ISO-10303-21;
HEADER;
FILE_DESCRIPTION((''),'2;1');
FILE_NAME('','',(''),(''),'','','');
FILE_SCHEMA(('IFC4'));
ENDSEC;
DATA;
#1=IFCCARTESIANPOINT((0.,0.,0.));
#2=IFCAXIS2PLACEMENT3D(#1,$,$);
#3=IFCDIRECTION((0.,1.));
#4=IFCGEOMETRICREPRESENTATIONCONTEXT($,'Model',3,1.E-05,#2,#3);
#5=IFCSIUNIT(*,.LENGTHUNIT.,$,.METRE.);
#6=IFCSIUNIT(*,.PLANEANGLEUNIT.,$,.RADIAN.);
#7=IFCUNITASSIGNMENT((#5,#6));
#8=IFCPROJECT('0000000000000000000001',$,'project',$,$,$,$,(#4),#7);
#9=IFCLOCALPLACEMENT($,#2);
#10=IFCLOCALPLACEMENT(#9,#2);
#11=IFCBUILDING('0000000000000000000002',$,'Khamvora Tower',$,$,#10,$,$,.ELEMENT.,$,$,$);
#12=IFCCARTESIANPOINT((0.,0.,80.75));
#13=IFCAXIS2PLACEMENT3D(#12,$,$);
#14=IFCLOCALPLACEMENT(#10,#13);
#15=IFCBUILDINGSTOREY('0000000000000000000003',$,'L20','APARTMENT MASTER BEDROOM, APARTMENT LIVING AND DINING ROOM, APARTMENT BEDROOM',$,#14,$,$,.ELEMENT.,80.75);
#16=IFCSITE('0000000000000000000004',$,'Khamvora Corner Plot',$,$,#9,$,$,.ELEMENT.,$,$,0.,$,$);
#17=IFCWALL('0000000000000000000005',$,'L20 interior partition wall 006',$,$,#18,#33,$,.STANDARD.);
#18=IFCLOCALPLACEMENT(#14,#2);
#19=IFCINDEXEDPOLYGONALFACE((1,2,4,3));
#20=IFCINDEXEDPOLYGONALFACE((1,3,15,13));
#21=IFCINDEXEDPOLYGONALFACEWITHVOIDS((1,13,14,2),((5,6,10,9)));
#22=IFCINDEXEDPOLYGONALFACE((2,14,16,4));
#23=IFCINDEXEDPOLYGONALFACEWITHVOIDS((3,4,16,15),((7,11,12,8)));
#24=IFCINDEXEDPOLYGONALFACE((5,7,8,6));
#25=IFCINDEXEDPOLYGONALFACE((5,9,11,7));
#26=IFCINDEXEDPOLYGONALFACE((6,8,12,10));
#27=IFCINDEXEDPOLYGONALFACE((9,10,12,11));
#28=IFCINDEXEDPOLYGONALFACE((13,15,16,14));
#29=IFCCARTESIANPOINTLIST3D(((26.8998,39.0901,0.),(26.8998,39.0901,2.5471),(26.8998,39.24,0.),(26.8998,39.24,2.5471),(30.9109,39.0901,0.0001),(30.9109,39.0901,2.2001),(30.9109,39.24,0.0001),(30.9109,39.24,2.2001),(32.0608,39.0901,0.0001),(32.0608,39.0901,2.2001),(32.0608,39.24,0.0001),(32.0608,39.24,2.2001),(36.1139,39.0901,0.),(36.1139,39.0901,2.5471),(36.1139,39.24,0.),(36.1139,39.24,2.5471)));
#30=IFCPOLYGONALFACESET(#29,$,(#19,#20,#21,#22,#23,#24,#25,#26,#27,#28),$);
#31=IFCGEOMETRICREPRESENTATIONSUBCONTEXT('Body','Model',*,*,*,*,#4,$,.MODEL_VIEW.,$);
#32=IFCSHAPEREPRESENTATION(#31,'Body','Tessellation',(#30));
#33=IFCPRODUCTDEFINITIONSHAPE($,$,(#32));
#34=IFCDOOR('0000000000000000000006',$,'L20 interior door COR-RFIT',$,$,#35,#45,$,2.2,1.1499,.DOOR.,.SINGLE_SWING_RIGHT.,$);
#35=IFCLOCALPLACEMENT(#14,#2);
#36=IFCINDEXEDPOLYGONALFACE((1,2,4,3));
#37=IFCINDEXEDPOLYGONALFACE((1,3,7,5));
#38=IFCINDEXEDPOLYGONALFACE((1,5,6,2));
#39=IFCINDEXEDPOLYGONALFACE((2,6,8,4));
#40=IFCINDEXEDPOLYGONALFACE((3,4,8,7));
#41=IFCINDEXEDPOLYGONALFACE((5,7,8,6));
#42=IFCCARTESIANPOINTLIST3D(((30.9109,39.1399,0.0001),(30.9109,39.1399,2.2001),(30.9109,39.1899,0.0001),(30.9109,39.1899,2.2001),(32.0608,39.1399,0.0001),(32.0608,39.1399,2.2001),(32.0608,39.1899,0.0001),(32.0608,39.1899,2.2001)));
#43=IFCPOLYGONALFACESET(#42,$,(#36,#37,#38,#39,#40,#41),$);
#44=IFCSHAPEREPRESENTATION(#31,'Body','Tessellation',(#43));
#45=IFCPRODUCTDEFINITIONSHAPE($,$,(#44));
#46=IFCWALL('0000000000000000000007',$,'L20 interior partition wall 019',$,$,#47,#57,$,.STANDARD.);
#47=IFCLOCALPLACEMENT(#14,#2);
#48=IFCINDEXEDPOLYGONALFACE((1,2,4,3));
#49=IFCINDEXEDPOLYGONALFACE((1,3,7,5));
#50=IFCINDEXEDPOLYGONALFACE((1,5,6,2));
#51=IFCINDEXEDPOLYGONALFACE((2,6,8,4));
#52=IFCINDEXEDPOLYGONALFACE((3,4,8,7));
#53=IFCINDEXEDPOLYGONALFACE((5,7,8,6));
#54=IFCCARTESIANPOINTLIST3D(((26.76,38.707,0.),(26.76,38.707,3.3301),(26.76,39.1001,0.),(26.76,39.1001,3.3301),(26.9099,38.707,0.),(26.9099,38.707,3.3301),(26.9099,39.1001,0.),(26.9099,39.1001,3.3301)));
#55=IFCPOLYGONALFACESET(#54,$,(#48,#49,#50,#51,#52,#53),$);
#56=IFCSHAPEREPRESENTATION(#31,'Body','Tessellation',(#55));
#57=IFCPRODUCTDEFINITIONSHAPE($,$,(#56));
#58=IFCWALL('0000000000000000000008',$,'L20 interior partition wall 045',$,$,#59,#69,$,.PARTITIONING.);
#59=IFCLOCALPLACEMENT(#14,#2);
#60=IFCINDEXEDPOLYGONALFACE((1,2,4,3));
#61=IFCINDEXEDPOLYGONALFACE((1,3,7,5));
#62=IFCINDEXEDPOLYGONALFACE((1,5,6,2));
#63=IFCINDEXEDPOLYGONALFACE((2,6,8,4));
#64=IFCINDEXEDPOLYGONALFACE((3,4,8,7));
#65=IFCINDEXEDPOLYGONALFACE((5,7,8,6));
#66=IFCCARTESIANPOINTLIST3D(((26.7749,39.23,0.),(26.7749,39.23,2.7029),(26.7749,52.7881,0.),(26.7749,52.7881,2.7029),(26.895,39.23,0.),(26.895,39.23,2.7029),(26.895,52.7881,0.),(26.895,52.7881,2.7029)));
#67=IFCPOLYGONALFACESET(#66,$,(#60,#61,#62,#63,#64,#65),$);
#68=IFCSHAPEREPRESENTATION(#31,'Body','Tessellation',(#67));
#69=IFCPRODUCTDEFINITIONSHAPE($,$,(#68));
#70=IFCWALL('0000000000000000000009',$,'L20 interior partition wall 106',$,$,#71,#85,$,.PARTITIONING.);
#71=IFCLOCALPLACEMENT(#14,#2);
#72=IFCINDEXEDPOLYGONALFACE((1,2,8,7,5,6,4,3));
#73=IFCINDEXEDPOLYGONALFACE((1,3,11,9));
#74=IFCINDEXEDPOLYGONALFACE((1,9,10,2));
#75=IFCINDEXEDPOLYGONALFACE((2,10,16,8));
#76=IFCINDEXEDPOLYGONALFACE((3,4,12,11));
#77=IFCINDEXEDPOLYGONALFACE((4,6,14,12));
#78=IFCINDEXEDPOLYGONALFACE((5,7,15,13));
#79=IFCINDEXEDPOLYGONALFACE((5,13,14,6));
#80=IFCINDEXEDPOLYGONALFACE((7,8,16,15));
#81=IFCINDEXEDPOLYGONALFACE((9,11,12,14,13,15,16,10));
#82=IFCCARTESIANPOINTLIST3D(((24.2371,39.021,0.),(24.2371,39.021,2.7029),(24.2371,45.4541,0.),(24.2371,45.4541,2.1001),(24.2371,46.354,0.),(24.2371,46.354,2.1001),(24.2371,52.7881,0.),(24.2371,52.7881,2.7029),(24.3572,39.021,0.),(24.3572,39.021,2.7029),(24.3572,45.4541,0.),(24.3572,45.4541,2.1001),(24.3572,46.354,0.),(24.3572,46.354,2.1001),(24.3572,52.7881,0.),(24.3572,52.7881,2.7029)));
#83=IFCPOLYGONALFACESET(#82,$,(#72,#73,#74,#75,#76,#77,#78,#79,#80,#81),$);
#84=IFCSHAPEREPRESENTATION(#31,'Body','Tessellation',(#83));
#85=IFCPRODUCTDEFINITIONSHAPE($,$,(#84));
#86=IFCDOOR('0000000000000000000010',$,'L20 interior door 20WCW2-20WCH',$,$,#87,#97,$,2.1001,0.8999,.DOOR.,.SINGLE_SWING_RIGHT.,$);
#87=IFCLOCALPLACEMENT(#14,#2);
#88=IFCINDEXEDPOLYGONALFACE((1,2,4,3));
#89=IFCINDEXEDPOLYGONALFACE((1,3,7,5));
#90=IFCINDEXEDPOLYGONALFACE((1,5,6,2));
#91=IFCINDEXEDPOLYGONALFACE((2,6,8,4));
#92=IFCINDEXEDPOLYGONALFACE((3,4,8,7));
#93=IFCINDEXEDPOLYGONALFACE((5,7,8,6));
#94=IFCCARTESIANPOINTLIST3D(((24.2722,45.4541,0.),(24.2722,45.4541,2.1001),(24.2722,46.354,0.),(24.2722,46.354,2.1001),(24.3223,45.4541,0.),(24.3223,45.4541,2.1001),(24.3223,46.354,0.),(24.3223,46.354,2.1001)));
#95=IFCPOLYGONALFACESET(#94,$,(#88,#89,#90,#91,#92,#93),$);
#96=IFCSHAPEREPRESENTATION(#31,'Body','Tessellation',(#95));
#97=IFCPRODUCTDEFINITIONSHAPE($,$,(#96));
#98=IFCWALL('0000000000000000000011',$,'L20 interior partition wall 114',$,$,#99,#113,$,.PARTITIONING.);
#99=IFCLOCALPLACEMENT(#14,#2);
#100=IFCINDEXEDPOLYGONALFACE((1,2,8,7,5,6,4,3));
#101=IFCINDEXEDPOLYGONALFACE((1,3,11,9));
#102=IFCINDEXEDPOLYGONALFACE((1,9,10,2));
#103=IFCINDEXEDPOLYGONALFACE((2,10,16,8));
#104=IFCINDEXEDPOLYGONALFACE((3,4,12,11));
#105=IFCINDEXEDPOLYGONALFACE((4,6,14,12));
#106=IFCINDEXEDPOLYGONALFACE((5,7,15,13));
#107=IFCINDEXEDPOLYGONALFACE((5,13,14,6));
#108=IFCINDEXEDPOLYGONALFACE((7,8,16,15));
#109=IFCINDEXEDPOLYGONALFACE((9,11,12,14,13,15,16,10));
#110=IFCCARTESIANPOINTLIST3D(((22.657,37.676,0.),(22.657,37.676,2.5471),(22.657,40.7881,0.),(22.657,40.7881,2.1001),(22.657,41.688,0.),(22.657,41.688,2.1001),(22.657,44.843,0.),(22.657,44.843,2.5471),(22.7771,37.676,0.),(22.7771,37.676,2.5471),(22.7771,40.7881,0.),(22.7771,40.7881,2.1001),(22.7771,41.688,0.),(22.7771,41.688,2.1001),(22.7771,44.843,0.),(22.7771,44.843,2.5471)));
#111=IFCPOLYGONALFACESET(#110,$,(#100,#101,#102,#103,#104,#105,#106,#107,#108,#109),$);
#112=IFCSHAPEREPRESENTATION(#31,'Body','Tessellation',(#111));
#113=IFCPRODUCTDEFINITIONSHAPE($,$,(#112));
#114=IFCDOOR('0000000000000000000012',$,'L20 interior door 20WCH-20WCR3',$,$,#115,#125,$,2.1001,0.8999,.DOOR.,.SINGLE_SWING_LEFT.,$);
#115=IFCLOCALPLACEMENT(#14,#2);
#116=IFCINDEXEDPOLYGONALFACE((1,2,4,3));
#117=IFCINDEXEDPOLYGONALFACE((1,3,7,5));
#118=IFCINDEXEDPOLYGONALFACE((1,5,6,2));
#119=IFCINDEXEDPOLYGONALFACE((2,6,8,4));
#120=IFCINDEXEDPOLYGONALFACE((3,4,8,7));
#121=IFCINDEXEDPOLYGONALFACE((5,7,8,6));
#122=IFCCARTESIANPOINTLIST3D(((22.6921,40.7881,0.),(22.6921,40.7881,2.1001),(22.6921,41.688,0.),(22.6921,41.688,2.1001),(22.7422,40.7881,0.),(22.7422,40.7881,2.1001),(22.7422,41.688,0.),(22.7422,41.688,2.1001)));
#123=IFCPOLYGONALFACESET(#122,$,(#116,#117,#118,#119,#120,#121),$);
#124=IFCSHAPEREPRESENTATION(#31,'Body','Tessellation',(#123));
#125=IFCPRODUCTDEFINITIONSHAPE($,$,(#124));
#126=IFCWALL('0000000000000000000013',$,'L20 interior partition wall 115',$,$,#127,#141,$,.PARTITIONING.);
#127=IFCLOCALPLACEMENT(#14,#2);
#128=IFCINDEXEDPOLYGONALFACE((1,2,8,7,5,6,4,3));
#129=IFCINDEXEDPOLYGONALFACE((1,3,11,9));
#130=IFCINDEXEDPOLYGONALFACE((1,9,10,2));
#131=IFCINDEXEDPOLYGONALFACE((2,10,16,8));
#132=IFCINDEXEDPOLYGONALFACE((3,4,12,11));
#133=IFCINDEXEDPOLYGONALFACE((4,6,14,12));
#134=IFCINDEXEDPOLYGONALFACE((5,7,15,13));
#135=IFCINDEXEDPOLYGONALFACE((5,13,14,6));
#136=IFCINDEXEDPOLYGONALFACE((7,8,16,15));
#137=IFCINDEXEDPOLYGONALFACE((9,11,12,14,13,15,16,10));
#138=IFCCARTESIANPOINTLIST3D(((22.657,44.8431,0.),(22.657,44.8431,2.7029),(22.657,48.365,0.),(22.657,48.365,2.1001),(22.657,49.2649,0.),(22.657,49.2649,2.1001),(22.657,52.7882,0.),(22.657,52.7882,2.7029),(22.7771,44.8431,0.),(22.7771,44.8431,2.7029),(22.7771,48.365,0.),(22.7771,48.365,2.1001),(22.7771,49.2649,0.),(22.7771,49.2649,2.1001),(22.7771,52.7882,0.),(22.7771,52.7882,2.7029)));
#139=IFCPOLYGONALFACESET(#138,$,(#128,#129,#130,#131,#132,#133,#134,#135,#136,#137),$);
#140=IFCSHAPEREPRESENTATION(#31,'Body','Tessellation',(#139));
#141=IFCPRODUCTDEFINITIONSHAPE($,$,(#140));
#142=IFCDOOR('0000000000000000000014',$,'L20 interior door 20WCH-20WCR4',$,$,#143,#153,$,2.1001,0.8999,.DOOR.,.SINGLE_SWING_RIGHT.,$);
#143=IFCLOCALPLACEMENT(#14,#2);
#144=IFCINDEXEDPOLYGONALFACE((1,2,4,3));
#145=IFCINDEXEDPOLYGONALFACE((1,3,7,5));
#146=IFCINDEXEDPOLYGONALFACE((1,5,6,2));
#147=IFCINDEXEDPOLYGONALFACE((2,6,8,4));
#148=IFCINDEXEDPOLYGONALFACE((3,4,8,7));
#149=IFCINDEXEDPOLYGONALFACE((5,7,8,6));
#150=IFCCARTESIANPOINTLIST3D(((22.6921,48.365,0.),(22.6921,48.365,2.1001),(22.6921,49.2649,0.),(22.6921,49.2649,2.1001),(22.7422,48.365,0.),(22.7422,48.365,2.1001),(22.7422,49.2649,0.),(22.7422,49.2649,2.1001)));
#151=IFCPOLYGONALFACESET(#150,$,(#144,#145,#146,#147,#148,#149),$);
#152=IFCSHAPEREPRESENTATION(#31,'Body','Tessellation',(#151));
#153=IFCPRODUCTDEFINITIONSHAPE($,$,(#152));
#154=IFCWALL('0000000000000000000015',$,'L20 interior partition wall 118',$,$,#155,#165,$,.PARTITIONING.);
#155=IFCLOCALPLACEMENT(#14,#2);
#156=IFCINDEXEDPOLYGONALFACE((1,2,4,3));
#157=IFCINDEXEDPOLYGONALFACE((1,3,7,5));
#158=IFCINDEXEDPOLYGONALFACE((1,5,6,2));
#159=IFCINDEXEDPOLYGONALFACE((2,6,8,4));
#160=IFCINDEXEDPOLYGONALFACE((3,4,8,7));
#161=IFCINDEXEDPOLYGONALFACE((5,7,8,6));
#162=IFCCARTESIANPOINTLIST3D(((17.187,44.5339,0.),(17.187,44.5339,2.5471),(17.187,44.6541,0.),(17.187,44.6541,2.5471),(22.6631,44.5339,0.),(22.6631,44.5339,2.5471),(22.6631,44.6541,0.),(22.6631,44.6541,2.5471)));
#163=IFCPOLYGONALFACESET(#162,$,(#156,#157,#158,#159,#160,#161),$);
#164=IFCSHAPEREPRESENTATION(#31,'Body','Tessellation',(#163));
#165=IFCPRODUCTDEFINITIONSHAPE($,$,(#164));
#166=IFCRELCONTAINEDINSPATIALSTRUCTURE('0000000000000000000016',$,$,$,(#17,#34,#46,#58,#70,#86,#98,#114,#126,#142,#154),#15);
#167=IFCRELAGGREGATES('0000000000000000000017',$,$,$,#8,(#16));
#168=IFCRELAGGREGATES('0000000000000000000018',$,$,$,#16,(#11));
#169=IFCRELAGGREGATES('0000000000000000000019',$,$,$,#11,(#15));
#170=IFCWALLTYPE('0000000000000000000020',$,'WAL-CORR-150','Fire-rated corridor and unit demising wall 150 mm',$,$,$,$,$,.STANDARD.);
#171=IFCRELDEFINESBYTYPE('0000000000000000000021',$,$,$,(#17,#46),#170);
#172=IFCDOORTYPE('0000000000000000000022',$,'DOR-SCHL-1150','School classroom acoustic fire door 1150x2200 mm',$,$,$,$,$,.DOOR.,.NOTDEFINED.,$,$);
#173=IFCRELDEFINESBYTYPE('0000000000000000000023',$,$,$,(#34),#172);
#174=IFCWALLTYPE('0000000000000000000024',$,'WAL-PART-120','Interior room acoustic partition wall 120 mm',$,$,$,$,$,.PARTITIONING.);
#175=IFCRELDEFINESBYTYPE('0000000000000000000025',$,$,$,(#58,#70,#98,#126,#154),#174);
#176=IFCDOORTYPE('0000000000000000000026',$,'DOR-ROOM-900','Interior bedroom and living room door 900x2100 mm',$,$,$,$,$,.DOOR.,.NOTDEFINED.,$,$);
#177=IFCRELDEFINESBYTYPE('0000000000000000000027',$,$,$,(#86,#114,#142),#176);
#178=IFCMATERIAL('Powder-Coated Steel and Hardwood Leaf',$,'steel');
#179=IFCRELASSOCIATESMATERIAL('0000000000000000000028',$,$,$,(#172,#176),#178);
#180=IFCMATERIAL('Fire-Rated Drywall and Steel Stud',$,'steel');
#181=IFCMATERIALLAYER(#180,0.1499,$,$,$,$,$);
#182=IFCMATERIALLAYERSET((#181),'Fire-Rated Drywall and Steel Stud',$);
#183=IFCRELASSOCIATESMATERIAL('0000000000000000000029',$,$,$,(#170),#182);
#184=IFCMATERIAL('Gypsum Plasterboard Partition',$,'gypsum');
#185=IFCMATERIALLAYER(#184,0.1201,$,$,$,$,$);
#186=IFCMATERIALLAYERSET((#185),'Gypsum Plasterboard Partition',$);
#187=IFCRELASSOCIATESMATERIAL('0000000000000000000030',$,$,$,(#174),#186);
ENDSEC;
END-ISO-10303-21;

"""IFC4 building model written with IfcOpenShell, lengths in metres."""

from ifc_helpers import new_model, si_unit, direction, frame, frame_2d, origin, place, context, subcontext, project, spatial, rectangle, extrude, material, layer, layer_set, type_object, element, fill, save


model = new_model("IFC4")

# Units and contexts
model_context = context("Model", 3, precision=1e-05, world=origin(), true_north=direction((0.0, 1.0)))
body_context = subcontext(model_context, "Body", "Model", "MODEL_VIEW")
ifc_project = project(units=[si_unit("LENGTHUNIT", "METRE"), si_unit("PLANEANGLEUNIT", "RADIAN")], contexts=[model_context])

# Site, building, storey
site_placement = place(None, origin())
site = spatial("IfcSite", under=ifc_project, at=site_placement, Name="Khamvora Corner Plot", CompositionType="ELEMENT", RefElevation=0.0)
building_placement = place(site_placement, origin())
building = spatial("IfcBuilding", under=site, at=building_placement, Name="Khamvora Tower", CompositionType="ELEMENT")
storey_placement = place(building_placement, frame((0.0, 0.0, 80.75)))
storey = spatial("IfcBuildingStorey", under=building, at=storey_placement, Name="L20", Description="APARTMENT MASTER BEDROOM, APARTMENT LIVING AND DINING ROOM, APARTMENT BEDROOM", CompositionType="ELEMENT", Elevation=80.75)

# Wall, opening, door
ifc_material_1 = material(Name="Powder-Coated Steel and Hardwood Leaf", Category="steel")
door_type_1 = type_object("IfcDoorType", Name="DOR-SCHL-1150", Description="School classroom acoustic fire door 1150x2200 mm", OperationType="NOTDEFINED", PredefinedType="DOOR", material=ifc_material_1)
ifc_material_2 = material(Name="Fire-Rated Drywall and Steel Stud", Category="steel")
ifc_layer_1 = layer(ifc_material_2, 0.1499)
ifc_layer_set_1 = layer_set([ifc_layer_1], Name="Fire-Rated Drywall and Steel Stud")
wall_type_1 = type_object("IfcWallType", Name="WAL-CORR-150", Description="Fire-rated corridor and unit demising wall 150 mm", PredefinedType="STANDARD", material=ifc_layer_set_1)
wall_1_placement = place(storey_placement, frame((26.8999, 39.165, 0.0), z_axis=(0.0, 0.0, 1.0), x_axis=(1.0, 0.0, 0.0)))
wall_1 = element("IfcWall", 1, at=wall_1_placement, inside=storey, type_object=wall_type_1, Name="L20 interior partition wall 006", PredefinedType="STANDARD", context=body_context, shape_type="SweptSolid", body=[
    extrude(rectangle(XDim=9.2141, YDim=0.1499, at=frame_2d((4.6069, 0.0))), origin(), (0.0, 0.0, 1.0), 2.5471),
])
opening_1_placement = place(wall_1_placement, frame((4.011, 0.0, 0.0)))
opening_1 = element("IfcOpeningElement", 2, at=opening_1_placement, cuts=wall_1, PredefinedType="OPENING", context=body_context, shape_type="SweptSolid", body=[
    extrude(rectangle(XDim=1.1499, YDim=2.2, at=frame_2d((0.575, 1.1001))), frame((0.0, 0.085, 0.0), z_axis=(0.0, -1.0, 0.0), x_axis=(1.0, 0.0, 0.0)), (0.0, 0.0, 1.0), 0.1699),
])
door_1_placement = place(opening_1_placement, origin())
door_1 = element("IfcDoor", 3, at=door_1_placement, inside=storey, type_object=door_type_1, Name="L20 interior door COR-RFIT", OperationType="SINGLE_SWING_RIGHT", OverallHeight=2.2, OverallWidth=1.1499, PredefinedType="DOOR", context=body_context, shape_type="SweptSolid", body=[
    extrude(rectangle(XDim=1.1499, YDim=2.2, at=frame_2d((0.575, 1.1001))), frame((0.0, 0.0249, 0.0), z_axis=(0.0, -1.0, 0.0), x_axis=(1.0, 0.0, 0.0)), (0.0, 0.0, 1.0), 0.05),
])
fill(opening_1, door_1)

# Walls
wall_2_placement = place(storey_placement, frame((26.835, 38.707, 0.0), z_axis=(0.0, 0.0, 1.0), x_axis=(0.0, 1.0, 0.0)))
element("IfcWall", 4, at=wall_2_placement, inside=storey, type_object=wall_type_1, Name="L20 interior partition wall 019", PredefinedType="STANDARD", context=body_context, shape_type="SweptSolid", body=[
    extrude(rectangle(XDim=0.3931, YDim=0.1499, at=frame_2d((0.1965, 0.0))), origin(), (0.0, 0.0, 1.0), 3.3301),
])
ifc_material_3 = material(Name="Gypsum Plasterboard Partition", Category="gypsum")
ifc_layer_2 = layer(ifc_material_3, 0.1201)
ifc_layer_set_2 = layer_set([ifc_layer_2], Name="Gypsum Plasterboard Partition")
wall_type_2 = type_object("IfcWallType", Name="WAL-PART-120", Description="Interior room acoustic partition wall 120 mm", PredefinedType="PARTITIONING", material=ifc_layer_set_2)
wall_3_placement = place(storey_placement, frame((26.835, 39.23, 0.0), z_axis=(0.0, 0.0, 1.0), x_axis=(0.0, 1.0, 0.0)))
element("IfcWall", 5, at=wall_3_placement, inside=storey, type_object=wall_type_2, Name="L20 interior partition wall 045", PredefinedType="PARTITIONING", context=body_context, shape_type="SweptSolid", body=[
    extrude(rectangle(XDim=13.5581, YDim=0.1201, at=frame_2d((6.7791, 0.0))), origin(), (0.0, 0.0, 1.0), 2.7029),
])

# Walls, openings, doors
wall_4_placement = place(storey_placement, frame((24.2971, 39.021, 0.0), z_axis=(0.0, 0.0, 1.0), x_axis=(0.0, 1.0, 0.0)))
wall_4 = element("IfcWall", 6, at=wall_4_placement, inside=storey, type_object=wall_type_2, Name="L20 interior partition wall 106", PredefinedType="PARTITIONING", context=body_context, shape_type="SweptSolid", body=[
    extrude(rectangle(XDim=13.7671, YDim=0.1201, at=frame_2d((6.8835, 0.0))), origin(), (0.0, 0.0, 1.0), 2.7029),
])
opening_2_placement = place(wall_4_placement, frame((6.4331, 0.0, 0.0)))
opening_2 = element("IfcOpeningElement", 7, at=opening_2_placement, cuts=wall_4, PredefinedType="OPENING", context=body_context, shape_type="SweptSolid", body=[
    extrude(rectangle(XDim=0.8999, YDim=2.1001, at=frame_2d((0.45, 1.05))), frame((0.0, 0.0701, 0.0), z_axis=(0.0, -1.0, 0.0), x_axis=(1.0, 0.0, 0.0)), (0.0, 0.0, 1.0), 0.1401),
])
door_type_2 = type_object("IfcDoorType", Name="DOR-ROOM-900", Description="Interior bedroom and living room door 900x2100 mm", OperationType="NOTDEFINED", PredefinedType="DOOR", material=ifc_material_1)
door_2_placement = place(opening_2_placement, origin())
door_2 = element("IfcDoor", 8, at=door_2_placement, inside=storey, type_object=door_type_2, Name="L20 interior door 20WCW2-20WCH", OperationType="SINGLE_SWING_RIGHT", OverallHeight=2.1001, OverallWidth=0.8999, PredefinedType="DOOR", context=body_context, shape_type="SweptSolid", body=[
    extrude(rectangle(XDim=0.8999, YDim=2.1001, at=frame_2d((0.45, 1.05))), frame((0.0, 0.0249, 0.0), z_axis=(0.0, -1.0, 0.0), x_axis=(1.0, 0.0, 0.0)), (0.0, 0.0, 1.0), 0.05),
])
fill(opening_2, door_2)
wall_5_placement = place(storey_placement, frame((22.717, 37.676, 0.0), z_axis=(0.0, 0.0, 1.0), x_axis=(0.0, 1.0, 0.0)))
wall_5 = element("IfcWall", 9, at=wall_5_placement, inside=storey, type_object=wall_type_2, Name="L20 interior partition wall 114", PredefinedType="PARTITIONING", context=body_context, shape_type="SweptSolid", body=[
    extrude(rectangle(XDim=7.167, YDim=0.1201, at=frame_2d((3.5835, 0.0))), origin(), (0.0, 0.0, 1.0), 2.5471),
])
opening_3_placement = place(wall_5_placement, frame((3.1121, 0.0, 0.0)))
opening_3 = element("IfcOpeningElement", 10, at=opening_3_placement, cuts=wall_5, PredefinedType="OPENING", context=body_context, shape_type="SweptSolid", body=[
    extrude(rectangle(XDim=0.8999, YDim=2.1001, at=frame_2d((0.45, 1.05))), frame((0.0, 0.0701, 0.0), z_axis=(0.0, -1.0, 0.0), x_axis=(1.0, 0.0, 0.0)), (0.0, 0.0, 1.0), 0.1401),
])
door_3_placement = place(opening_3_placement, origin())
door_3 = element("IfcDoor", 11, at=door_3_placement, inside=storey, type_object=door_type_2, Name="L20 interior door 20WCH-20WCR3", OperationType="SINGLE_SWING_LEFT", OverallHeight=2.1001, OverallWidth=0.8999, PredefinedType="DOOR", context=body_context, shape_type="SweptSolid", body=[
    extrude(rectangle(XDim=0.8999, YDim=2.1001, at=frame_2d((0.45, 1.05))), frame((0.0, 0.0249, 0.0), z_axis=(0.0, -1.0, 0.0), x_axis=(1.0, 0.0, 0.0)), (0.0, 0.0, 1.0), 0.05),
])
fill(opening_3, door_3)
wall_6_placement = place(storey_placement, frame((22.717, 44.843, 0.0), z_axis=(0.0, 0.0, 1.0), x_axis=(0.0, 1.0, 0.0)))
wall_6 = element("IfcWall", 12, at=wall_6_placement, inside=storey, type_object=wall_type_2, Name="L20 interior partition wall 115", PredefinedType="PARTITIONING", context=body_context, shape_type="SweptSolid", body=[
    extrude(rectangle(XDim=7.9451, YDim=0.1201, at=frame_2d((3.9727, 0.0))), origin(), (0.0, 0.0, 1.0), 2.7029),
])
opening_4_placement = place(wall_6_placement, frame((3.522, 0.0, 0.0)))
opening_4 = element("IfcOpeningElement", 13, at=opening_4_placement, cuts=wall_6, PredefinedType="OPENING", context=body_context, shape_type="SweptSolid", body=[
    extrude(rectangle(XDim=0.8999, YDim=2.1001, at=frame_2d((0.45, 1.05))), frame((0.0, 0.0701, 0.0), z_axis=(0.0, -1.0, 0.0), x_axis=(1.0, 0.0, 0.0)), (0.0, 0.0, 1.0), 0.1401),
])
door_4_placement = place(opening_4_placement, origin())
door_4 = element("IfcDoor", 14, at=door_4_placement, inside=storey, type_object=door_type_2, Name="L20 interior door 20WCH-20WCR4", OperationType="SINGLE_SWING_RIGHT", OverallHeight=2.1001, OverallWidth=0.8999, PredefinedType="DOOR", context=body_context, shape_type="SweptSolid", body=[
    extrude(rectangle(XDim=0.8999, YDim=2.1001, at=frame_2d((0.45, 1.05))), frame((0.0, 0.0249, 0.0), z_axis=(0.0, -1.0, 0.0), x_axis=(1.0, 0.0, 0.0)), (0.0, 0.0, 1.0), 0.05),
])
fill(opening_4, door_4)

# Wall
wall_7_placement = place(storey_placement, frame((17.187, 44.594, 0.0), z_axis=(0.0, 0.0, 1.0), x_axis=(1.0, 0.0, 0.0)))
element("IfcWall", 15, at=wall_7_placement, inside=storey, type_object=wall_type_2, Name="L20 interior partition wall 118", PredefinedType="PARTITIONING", context=body_context, shape_type="SweptSolid", body=[
    extrude(rectangle(XDim=5.4761, YDim=0.1201, at=frame_2d((2.738, 0.0))), origin(), (0.0, 0.0, 1.0), 2.5471),
])

save(model, "model.ifc")
